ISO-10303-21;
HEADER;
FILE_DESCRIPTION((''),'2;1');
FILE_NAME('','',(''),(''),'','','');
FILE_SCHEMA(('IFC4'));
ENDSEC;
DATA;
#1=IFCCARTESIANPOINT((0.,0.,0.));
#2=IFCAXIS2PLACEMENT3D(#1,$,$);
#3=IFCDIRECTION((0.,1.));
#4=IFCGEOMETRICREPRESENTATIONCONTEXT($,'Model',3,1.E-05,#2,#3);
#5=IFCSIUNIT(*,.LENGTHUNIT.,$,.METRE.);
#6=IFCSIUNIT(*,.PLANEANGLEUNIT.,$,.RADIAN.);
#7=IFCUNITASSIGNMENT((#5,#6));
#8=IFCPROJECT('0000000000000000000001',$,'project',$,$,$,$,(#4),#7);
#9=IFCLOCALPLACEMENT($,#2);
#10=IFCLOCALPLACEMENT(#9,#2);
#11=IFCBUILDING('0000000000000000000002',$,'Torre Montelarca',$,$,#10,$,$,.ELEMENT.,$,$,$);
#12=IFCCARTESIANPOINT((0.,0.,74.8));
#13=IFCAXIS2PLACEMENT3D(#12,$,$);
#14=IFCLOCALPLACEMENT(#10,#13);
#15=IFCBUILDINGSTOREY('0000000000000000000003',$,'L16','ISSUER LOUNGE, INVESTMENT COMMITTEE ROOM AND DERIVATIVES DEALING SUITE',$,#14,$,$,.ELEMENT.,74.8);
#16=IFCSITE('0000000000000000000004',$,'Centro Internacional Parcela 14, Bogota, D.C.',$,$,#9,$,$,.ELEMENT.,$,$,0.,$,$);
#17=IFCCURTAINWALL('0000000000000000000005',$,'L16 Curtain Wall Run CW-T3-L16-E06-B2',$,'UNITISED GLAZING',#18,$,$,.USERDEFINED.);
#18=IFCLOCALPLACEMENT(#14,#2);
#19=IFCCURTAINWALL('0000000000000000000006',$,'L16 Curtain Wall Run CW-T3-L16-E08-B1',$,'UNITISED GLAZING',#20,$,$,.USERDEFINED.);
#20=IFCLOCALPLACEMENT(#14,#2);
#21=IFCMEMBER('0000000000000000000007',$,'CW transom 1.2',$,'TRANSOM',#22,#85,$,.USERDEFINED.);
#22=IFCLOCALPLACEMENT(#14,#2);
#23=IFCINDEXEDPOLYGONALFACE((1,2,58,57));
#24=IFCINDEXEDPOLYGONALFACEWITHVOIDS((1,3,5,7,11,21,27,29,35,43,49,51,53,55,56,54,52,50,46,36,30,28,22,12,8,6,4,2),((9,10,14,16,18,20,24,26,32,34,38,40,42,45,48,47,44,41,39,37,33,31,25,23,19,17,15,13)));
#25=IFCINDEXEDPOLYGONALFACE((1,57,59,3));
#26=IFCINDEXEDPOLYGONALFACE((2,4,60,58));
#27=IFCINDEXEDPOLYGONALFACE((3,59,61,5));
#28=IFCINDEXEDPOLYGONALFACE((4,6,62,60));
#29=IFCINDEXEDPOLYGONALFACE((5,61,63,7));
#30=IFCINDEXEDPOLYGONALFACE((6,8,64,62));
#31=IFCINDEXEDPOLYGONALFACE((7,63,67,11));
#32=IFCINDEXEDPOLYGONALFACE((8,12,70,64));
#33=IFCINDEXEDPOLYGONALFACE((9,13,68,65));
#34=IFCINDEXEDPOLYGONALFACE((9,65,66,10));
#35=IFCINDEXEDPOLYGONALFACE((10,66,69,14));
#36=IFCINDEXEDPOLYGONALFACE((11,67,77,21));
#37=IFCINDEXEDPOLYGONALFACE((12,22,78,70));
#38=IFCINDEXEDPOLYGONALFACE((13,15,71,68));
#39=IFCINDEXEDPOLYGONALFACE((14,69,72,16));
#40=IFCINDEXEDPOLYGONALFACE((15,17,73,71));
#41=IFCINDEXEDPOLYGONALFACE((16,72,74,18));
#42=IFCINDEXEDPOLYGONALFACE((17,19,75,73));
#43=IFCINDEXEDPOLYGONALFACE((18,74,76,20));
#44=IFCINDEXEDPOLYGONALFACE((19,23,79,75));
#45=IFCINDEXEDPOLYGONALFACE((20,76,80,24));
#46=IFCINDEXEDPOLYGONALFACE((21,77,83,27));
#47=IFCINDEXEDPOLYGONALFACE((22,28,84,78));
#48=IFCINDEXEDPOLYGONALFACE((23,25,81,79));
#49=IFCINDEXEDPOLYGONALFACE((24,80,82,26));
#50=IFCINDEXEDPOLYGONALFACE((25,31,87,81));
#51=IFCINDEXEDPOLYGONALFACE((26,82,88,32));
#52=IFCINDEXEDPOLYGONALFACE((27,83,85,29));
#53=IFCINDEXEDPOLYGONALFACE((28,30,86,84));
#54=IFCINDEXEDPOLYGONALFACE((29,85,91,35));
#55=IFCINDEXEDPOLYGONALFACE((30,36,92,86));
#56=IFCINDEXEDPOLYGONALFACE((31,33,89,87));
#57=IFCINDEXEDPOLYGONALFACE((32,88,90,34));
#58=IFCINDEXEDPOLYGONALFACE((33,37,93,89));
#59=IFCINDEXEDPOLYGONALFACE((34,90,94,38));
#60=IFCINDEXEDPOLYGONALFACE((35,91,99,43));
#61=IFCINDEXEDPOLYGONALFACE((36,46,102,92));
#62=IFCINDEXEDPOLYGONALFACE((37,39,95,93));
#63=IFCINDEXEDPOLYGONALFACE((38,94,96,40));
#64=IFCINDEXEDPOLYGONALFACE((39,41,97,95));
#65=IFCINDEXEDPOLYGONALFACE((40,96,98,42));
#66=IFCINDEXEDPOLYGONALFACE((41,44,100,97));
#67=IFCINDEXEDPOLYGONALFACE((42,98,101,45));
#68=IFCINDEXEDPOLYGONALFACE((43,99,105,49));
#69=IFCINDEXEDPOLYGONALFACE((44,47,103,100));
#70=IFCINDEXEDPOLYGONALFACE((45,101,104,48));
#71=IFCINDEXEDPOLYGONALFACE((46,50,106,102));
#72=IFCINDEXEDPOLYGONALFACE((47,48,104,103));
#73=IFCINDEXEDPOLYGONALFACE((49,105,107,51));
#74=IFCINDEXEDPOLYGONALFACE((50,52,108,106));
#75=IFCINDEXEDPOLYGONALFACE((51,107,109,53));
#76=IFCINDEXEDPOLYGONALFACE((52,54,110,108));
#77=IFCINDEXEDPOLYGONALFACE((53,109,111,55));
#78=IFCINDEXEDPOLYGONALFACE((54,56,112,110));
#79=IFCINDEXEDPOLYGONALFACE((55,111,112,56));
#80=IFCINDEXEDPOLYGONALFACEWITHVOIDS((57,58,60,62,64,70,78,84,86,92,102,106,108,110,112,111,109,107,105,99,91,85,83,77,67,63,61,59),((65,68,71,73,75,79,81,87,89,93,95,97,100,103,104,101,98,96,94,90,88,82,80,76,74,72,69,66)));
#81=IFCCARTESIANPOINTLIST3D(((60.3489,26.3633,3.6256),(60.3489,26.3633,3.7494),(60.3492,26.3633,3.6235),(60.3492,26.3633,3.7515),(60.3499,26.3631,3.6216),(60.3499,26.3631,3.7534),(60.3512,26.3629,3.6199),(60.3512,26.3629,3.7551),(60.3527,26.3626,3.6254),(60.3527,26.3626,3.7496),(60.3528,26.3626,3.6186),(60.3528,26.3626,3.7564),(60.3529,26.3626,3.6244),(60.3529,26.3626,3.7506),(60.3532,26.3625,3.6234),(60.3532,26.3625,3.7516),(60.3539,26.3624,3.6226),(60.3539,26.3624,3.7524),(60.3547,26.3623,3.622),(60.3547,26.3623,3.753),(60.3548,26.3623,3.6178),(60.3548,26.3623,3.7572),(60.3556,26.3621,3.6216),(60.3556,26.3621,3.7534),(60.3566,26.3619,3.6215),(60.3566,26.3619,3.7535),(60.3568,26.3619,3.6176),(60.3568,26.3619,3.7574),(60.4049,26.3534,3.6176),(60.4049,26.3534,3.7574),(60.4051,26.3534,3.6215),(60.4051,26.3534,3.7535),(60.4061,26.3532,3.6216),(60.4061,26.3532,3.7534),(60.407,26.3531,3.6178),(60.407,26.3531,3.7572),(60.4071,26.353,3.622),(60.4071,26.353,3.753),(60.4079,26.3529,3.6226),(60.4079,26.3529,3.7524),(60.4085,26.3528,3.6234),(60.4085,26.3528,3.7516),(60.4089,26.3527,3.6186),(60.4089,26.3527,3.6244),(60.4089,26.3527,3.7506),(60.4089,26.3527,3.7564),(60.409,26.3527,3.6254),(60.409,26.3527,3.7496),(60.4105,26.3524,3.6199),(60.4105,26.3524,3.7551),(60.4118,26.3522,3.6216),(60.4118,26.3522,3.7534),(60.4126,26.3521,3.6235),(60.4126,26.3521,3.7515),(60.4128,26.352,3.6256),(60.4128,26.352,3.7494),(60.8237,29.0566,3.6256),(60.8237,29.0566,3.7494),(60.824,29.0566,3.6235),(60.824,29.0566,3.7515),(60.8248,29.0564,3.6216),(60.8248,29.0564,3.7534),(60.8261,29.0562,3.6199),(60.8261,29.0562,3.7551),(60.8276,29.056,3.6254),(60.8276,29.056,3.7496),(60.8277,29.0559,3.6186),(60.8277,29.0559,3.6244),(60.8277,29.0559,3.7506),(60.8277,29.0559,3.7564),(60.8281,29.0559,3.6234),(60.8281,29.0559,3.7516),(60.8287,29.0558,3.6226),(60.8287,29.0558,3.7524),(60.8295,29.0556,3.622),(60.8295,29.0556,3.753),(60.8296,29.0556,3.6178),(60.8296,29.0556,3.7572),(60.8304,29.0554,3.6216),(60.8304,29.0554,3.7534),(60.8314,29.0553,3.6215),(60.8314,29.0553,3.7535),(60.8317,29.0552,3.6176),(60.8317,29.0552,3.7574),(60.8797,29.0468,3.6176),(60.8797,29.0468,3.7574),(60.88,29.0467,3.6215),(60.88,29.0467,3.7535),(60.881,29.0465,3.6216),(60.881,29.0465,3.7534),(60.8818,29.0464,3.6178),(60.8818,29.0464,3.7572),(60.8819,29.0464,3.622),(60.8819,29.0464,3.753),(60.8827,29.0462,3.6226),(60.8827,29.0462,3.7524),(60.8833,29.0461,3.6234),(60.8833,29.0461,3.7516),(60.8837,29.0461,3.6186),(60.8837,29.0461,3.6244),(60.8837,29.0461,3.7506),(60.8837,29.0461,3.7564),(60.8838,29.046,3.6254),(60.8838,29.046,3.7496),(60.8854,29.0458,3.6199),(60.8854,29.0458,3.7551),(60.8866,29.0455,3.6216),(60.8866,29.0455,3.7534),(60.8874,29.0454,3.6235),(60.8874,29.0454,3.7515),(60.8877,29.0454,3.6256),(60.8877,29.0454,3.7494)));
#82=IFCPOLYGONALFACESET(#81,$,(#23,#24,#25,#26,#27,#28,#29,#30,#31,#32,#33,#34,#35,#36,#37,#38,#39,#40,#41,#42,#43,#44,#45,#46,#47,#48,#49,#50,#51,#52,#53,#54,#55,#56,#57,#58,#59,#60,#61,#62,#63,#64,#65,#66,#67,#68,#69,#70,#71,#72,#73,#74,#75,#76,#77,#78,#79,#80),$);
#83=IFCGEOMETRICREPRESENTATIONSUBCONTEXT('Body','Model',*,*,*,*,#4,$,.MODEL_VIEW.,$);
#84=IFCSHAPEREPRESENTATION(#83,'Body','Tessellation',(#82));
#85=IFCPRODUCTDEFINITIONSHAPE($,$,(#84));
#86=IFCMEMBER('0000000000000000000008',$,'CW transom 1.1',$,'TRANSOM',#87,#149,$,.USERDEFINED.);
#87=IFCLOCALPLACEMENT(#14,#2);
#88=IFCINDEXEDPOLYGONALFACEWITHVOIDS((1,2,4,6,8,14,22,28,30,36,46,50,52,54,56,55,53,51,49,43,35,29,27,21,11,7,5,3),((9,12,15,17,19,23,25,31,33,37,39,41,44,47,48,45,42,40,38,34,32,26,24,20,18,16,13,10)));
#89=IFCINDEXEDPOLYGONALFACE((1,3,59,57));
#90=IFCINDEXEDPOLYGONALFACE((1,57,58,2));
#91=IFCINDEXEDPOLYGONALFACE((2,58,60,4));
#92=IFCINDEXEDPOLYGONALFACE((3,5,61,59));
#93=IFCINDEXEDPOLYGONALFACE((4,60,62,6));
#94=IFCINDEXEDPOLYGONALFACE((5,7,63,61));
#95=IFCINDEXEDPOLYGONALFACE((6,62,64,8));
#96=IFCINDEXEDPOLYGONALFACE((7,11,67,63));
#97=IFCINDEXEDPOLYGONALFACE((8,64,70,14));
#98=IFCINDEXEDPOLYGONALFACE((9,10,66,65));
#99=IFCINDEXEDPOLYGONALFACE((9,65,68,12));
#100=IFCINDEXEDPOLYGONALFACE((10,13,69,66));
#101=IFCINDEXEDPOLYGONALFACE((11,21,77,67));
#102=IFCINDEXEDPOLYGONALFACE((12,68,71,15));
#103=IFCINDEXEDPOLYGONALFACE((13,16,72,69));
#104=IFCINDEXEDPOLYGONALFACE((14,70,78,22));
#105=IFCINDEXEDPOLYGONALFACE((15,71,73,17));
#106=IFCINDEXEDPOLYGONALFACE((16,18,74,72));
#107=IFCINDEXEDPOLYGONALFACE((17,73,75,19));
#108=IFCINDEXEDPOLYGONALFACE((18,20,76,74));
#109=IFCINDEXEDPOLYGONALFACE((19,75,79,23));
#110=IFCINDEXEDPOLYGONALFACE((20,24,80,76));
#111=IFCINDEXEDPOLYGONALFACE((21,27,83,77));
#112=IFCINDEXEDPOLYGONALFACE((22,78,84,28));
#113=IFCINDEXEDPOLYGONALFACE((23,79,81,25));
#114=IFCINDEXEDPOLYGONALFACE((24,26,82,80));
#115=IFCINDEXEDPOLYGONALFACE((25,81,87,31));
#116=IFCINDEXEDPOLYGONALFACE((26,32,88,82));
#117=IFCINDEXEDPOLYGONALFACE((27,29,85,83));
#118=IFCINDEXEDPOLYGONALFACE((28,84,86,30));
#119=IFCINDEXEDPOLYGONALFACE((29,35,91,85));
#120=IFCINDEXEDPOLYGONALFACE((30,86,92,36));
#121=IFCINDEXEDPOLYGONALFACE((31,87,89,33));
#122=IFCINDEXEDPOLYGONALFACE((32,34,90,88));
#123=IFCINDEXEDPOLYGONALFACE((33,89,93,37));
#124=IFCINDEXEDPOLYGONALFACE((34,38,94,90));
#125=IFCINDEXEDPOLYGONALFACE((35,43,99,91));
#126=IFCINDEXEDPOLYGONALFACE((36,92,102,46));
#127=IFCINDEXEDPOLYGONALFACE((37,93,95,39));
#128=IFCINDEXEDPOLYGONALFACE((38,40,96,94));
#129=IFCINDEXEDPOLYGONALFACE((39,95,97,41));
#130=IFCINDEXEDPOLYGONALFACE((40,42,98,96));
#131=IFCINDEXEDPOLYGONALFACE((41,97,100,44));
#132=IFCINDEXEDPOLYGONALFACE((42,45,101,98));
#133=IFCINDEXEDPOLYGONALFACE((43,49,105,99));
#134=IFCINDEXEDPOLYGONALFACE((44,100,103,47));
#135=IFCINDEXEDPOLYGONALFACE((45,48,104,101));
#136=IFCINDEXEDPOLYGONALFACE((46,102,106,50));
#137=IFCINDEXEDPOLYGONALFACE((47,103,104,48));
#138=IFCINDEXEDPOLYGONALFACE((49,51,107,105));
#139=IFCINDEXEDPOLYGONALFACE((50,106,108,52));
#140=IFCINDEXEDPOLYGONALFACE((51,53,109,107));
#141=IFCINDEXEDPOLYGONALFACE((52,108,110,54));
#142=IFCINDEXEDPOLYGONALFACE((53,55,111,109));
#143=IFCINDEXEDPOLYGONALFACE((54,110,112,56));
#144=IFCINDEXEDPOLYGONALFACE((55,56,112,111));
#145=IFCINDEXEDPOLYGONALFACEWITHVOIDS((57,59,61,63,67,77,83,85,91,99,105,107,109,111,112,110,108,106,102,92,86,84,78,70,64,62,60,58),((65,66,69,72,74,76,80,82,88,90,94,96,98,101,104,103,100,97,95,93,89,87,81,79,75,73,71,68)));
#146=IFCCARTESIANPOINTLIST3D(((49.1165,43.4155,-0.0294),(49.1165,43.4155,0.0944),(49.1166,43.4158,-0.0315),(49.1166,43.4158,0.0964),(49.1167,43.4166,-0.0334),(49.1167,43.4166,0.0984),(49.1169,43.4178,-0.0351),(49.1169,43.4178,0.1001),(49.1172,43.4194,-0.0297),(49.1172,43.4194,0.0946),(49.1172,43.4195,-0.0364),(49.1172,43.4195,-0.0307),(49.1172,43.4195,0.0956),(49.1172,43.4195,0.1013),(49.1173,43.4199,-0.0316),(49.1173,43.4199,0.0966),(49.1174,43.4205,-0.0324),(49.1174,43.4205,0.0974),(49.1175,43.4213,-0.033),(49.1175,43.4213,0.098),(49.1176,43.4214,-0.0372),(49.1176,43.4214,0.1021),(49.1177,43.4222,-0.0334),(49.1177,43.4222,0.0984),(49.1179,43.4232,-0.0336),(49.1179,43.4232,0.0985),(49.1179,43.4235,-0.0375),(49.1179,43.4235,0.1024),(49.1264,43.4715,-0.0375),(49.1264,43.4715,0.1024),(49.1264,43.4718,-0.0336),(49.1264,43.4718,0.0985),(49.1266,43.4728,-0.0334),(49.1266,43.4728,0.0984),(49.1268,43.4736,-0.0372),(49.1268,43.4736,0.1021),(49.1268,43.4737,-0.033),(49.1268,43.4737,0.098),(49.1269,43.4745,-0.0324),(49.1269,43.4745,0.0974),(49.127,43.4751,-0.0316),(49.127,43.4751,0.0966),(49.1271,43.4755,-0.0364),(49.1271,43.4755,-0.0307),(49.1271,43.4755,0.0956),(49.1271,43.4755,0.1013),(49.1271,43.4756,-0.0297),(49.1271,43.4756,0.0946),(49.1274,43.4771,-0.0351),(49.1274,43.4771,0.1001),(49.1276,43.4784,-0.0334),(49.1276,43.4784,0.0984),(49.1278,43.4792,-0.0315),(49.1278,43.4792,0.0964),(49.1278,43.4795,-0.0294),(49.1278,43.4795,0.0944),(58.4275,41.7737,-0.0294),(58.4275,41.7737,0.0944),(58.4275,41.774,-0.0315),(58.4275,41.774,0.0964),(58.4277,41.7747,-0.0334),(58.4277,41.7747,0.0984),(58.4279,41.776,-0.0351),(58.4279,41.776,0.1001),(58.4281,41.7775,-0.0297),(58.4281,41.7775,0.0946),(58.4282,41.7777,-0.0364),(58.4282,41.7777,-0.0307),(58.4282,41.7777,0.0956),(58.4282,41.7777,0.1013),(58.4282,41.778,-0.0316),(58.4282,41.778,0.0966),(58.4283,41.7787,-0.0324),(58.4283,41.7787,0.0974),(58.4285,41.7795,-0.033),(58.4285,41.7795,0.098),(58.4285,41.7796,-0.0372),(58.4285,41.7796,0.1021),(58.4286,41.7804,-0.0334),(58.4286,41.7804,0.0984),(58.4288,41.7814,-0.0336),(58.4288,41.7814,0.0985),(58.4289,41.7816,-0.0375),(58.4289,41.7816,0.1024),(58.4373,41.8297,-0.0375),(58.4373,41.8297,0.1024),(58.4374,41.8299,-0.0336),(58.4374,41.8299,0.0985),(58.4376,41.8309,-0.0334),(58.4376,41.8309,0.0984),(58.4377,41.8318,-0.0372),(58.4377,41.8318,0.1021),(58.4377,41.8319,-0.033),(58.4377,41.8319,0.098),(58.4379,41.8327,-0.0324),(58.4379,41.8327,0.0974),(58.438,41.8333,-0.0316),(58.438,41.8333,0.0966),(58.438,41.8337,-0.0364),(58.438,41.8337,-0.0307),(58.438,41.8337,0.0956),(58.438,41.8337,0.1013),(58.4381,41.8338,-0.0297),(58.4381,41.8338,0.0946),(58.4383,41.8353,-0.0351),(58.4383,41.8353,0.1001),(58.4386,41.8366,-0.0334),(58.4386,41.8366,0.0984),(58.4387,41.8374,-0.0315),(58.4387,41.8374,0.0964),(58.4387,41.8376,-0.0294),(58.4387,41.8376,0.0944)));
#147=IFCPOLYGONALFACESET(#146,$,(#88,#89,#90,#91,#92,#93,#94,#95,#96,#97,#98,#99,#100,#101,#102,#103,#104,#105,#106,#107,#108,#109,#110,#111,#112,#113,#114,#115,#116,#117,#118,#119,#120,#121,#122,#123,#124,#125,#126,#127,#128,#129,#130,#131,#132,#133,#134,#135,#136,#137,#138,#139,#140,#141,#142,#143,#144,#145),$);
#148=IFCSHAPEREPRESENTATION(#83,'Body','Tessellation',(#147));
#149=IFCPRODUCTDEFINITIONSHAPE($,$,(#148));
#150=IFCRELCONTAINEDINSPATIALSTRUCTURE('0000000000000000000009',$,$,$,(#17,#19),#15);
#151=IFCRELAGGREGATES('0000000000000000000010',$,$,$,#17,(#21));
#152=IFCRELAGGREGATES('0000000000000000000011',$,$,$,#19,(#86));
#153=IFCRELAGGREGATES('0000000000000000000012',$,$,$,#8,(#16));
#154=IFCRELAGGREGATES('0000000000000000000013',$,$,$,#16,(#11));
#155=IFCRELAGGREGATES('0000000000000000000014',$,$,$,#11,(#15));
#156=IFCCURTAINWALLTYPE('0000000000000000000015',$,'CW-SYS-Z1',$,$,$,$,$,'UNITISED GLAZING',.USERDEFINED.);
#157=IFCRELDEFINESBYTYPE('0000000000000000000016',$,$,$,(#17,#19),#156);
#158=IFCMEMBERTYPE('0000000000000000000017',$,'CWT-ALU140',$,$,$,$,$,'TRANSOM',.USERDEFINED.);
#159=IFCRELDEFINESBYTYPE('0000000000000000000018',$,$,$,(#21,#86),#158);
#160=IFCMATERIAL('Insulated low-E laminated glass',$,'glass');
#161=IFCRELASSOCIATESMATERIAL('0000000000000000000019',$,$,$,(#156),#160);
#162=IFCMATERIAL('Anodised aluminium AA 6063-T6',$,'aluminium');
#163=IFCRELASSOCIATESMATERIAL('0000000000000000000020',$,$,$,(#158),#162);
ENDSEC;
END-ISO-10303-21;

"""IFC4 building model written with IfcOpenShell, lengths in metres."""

from ifc_helpers import new_model, si_unit, direction, frame, origin, origin_2d, place, context, subcontext, project, spatial, hollow_rectangle, extrude, source, transform, mapped, material, material_profile, profile_set, type_object, element, aggregate, save


model = new_model("IFC4")

# Units and contexts
model_context = context("Model", 3, precision=1e-05, world=origin(), true_north=direction((0.0, 1.0)))
body_context = subcontext(model_context, "Body", "Model", "MODEL_VIEW")
ifc_project = project(units=[si_unit("LENGTHUNIT", "METRE"), si_unit("PLANEANGLEUNIT", "RADIAN")], contexts=[model_context])

# Site, building, storey
site_placement = place(None, origin())
site = spatial("IfcSite", under=ifc_project, at=site_placement, Name="Centro Internacional Parcela 14, Bogota, D.C.", CompositionType="ELEMENT", RefElevation=0.0)
building_placement = place(site_placement, origin())
building = spatial("IfcBuilding", under=site, at=building_placement, Name="Torre Montelarca", CompositionType="ELEMENT")
storey_placement = place(building_placement, frame((0.0, 0.0, 74.8)))
storey = spatial("IfcBuildingStorey", under=building, at=storey_placement, Name="L16", Description="ISSUER LOUNGE, INVESTMENT COMMITTEE ROOM AND DERIVATIVES DEALING SUITE", CompositionType="ELEMENT", Elevation=74.8)

# Curtain wall
ifc_material_1 = material(Name="Insulated low-E laminated glass", Category="glass")
curtain_wall_type = type_object("IfcCurtainWallType", Name="CW-SYS-Z1", ElementType="UNITISED GLAZING", PredefinedType="USERDEFINED", material=ifc_material_1)
ifc_material_2 = material(Name="Anodised aluminium AA 6063-T6", Category="aluminium")
ifc_material_profile_1 = material_profile(ifc_material_2, hollow_rectangle(XDim=0.0649, YDim=0.1399, WallThickness=0.0039, InnerFilletRadius=0.0039, OuterFilletRadius=0.0081, at=origin_2d()), Name="ALU65X140X4", Category="aluminium")
ifc_profile_set_1 = profile_set([ifc_material_profile_1], Name="Anodised aluminium AA 6063-T6")
member_type_1 = type_object("IfcMemberType", Name="CWT-ALU140", ElementType="TRANSOM", PredefinedType="USERDEFINED", material=ifc_profile_set_1)
curtain_wall_1_placement = place(storey_placement, origin())
curtain_wall_1 = element("IfcCurtainWall", 1, at=curtain_wall_1_placement, inside=storey, type_object=curtain_wall_type, Name="L16 Curtain Wall Run CW-T3-L16-E06-B2", ObjectType="UNITISED GLAZING", PredefinedType="USERDEFINED")

# Curtain wall
curtain_wall_2_placement = place(storey_placement, origin())
curtain_wall_2 = element("IfcCurtainWall", 2, at=curtain_wall_2_placement, inside=storey, type_object=curtain_wall_type, Name="L16 Curtain Wall Run CW-T3-L16-E08-B1", ObjectType="UNITISED GLAZING", PredefinedType="USERDEFINED")

# Members
shared_shape_1 = source(origin(), body_context, "Body", "SweptSolid", [
    extrude(hollow_rectangle(XDim=0.0649, YDim=0.1399, WallThickness=0.0039, InnerFilletRadius=0.0039, OuterFilletRadius=0.0081, at=origin_2d()), origin(), (0.0, 0.0, 1.0), 2.7349),
])
member_1_placement = place(storey_placement, frame((60.3809, 26.3577, 3.6875), z_axis=(0.173627, 0.984811, 0.0), x_axis=(-0.984811, 0.173627, 0.0)))
member_1 = element("IfcMember", 3, at=member_1_placement, type_object=member_type_1, Name="CW transom 1.2", ObjectType="TRANSOM", PredefinedType="USERDEFINED", context=body_context, shape_type="MappedRepresentation", body=[
    mapped(shared_shape_1, transform((0.0, 0.0, 0.0), scale=1.0)),
])
shared_shape_2 = source(origin(), body_context, "Body", "SweptSolid", [
    extrude(hollow_rectangle(XDim=0.0649, YDim=0.1399, WallThickness=0.0039, InnerFilletRadius=0.0039, OuterFilletRadius=0.0081, at=origin_2d()), origin(), (0.0, 0.0, 1.0), 9.4546),
])
member_2_placement = place(storey_placement, frame((58.4331, 41.8057, 0.0325), z_axis=(-0.984807, 0.173654, 0.0), x_axis=(-0.173654, -0.984807, 0.0)))
member_2 = element("IfcMember", 4, at=member_2_placement, type_object=member_type_1, Name="CW transom 1.1", ObjectType="TRANSOM", PredefinedType="USERDEFINED", context=body_context, shape_type="MappedRepresentation", body=[
    mapped(shared_shape_2, transform((0.0, 0.0, 0.0), scale=1.0)),
])

aggregate(curtain_wall_1, [member_1])
aggregate(curtain_wall_2, [member_2])

save(model, "model.ifc")
